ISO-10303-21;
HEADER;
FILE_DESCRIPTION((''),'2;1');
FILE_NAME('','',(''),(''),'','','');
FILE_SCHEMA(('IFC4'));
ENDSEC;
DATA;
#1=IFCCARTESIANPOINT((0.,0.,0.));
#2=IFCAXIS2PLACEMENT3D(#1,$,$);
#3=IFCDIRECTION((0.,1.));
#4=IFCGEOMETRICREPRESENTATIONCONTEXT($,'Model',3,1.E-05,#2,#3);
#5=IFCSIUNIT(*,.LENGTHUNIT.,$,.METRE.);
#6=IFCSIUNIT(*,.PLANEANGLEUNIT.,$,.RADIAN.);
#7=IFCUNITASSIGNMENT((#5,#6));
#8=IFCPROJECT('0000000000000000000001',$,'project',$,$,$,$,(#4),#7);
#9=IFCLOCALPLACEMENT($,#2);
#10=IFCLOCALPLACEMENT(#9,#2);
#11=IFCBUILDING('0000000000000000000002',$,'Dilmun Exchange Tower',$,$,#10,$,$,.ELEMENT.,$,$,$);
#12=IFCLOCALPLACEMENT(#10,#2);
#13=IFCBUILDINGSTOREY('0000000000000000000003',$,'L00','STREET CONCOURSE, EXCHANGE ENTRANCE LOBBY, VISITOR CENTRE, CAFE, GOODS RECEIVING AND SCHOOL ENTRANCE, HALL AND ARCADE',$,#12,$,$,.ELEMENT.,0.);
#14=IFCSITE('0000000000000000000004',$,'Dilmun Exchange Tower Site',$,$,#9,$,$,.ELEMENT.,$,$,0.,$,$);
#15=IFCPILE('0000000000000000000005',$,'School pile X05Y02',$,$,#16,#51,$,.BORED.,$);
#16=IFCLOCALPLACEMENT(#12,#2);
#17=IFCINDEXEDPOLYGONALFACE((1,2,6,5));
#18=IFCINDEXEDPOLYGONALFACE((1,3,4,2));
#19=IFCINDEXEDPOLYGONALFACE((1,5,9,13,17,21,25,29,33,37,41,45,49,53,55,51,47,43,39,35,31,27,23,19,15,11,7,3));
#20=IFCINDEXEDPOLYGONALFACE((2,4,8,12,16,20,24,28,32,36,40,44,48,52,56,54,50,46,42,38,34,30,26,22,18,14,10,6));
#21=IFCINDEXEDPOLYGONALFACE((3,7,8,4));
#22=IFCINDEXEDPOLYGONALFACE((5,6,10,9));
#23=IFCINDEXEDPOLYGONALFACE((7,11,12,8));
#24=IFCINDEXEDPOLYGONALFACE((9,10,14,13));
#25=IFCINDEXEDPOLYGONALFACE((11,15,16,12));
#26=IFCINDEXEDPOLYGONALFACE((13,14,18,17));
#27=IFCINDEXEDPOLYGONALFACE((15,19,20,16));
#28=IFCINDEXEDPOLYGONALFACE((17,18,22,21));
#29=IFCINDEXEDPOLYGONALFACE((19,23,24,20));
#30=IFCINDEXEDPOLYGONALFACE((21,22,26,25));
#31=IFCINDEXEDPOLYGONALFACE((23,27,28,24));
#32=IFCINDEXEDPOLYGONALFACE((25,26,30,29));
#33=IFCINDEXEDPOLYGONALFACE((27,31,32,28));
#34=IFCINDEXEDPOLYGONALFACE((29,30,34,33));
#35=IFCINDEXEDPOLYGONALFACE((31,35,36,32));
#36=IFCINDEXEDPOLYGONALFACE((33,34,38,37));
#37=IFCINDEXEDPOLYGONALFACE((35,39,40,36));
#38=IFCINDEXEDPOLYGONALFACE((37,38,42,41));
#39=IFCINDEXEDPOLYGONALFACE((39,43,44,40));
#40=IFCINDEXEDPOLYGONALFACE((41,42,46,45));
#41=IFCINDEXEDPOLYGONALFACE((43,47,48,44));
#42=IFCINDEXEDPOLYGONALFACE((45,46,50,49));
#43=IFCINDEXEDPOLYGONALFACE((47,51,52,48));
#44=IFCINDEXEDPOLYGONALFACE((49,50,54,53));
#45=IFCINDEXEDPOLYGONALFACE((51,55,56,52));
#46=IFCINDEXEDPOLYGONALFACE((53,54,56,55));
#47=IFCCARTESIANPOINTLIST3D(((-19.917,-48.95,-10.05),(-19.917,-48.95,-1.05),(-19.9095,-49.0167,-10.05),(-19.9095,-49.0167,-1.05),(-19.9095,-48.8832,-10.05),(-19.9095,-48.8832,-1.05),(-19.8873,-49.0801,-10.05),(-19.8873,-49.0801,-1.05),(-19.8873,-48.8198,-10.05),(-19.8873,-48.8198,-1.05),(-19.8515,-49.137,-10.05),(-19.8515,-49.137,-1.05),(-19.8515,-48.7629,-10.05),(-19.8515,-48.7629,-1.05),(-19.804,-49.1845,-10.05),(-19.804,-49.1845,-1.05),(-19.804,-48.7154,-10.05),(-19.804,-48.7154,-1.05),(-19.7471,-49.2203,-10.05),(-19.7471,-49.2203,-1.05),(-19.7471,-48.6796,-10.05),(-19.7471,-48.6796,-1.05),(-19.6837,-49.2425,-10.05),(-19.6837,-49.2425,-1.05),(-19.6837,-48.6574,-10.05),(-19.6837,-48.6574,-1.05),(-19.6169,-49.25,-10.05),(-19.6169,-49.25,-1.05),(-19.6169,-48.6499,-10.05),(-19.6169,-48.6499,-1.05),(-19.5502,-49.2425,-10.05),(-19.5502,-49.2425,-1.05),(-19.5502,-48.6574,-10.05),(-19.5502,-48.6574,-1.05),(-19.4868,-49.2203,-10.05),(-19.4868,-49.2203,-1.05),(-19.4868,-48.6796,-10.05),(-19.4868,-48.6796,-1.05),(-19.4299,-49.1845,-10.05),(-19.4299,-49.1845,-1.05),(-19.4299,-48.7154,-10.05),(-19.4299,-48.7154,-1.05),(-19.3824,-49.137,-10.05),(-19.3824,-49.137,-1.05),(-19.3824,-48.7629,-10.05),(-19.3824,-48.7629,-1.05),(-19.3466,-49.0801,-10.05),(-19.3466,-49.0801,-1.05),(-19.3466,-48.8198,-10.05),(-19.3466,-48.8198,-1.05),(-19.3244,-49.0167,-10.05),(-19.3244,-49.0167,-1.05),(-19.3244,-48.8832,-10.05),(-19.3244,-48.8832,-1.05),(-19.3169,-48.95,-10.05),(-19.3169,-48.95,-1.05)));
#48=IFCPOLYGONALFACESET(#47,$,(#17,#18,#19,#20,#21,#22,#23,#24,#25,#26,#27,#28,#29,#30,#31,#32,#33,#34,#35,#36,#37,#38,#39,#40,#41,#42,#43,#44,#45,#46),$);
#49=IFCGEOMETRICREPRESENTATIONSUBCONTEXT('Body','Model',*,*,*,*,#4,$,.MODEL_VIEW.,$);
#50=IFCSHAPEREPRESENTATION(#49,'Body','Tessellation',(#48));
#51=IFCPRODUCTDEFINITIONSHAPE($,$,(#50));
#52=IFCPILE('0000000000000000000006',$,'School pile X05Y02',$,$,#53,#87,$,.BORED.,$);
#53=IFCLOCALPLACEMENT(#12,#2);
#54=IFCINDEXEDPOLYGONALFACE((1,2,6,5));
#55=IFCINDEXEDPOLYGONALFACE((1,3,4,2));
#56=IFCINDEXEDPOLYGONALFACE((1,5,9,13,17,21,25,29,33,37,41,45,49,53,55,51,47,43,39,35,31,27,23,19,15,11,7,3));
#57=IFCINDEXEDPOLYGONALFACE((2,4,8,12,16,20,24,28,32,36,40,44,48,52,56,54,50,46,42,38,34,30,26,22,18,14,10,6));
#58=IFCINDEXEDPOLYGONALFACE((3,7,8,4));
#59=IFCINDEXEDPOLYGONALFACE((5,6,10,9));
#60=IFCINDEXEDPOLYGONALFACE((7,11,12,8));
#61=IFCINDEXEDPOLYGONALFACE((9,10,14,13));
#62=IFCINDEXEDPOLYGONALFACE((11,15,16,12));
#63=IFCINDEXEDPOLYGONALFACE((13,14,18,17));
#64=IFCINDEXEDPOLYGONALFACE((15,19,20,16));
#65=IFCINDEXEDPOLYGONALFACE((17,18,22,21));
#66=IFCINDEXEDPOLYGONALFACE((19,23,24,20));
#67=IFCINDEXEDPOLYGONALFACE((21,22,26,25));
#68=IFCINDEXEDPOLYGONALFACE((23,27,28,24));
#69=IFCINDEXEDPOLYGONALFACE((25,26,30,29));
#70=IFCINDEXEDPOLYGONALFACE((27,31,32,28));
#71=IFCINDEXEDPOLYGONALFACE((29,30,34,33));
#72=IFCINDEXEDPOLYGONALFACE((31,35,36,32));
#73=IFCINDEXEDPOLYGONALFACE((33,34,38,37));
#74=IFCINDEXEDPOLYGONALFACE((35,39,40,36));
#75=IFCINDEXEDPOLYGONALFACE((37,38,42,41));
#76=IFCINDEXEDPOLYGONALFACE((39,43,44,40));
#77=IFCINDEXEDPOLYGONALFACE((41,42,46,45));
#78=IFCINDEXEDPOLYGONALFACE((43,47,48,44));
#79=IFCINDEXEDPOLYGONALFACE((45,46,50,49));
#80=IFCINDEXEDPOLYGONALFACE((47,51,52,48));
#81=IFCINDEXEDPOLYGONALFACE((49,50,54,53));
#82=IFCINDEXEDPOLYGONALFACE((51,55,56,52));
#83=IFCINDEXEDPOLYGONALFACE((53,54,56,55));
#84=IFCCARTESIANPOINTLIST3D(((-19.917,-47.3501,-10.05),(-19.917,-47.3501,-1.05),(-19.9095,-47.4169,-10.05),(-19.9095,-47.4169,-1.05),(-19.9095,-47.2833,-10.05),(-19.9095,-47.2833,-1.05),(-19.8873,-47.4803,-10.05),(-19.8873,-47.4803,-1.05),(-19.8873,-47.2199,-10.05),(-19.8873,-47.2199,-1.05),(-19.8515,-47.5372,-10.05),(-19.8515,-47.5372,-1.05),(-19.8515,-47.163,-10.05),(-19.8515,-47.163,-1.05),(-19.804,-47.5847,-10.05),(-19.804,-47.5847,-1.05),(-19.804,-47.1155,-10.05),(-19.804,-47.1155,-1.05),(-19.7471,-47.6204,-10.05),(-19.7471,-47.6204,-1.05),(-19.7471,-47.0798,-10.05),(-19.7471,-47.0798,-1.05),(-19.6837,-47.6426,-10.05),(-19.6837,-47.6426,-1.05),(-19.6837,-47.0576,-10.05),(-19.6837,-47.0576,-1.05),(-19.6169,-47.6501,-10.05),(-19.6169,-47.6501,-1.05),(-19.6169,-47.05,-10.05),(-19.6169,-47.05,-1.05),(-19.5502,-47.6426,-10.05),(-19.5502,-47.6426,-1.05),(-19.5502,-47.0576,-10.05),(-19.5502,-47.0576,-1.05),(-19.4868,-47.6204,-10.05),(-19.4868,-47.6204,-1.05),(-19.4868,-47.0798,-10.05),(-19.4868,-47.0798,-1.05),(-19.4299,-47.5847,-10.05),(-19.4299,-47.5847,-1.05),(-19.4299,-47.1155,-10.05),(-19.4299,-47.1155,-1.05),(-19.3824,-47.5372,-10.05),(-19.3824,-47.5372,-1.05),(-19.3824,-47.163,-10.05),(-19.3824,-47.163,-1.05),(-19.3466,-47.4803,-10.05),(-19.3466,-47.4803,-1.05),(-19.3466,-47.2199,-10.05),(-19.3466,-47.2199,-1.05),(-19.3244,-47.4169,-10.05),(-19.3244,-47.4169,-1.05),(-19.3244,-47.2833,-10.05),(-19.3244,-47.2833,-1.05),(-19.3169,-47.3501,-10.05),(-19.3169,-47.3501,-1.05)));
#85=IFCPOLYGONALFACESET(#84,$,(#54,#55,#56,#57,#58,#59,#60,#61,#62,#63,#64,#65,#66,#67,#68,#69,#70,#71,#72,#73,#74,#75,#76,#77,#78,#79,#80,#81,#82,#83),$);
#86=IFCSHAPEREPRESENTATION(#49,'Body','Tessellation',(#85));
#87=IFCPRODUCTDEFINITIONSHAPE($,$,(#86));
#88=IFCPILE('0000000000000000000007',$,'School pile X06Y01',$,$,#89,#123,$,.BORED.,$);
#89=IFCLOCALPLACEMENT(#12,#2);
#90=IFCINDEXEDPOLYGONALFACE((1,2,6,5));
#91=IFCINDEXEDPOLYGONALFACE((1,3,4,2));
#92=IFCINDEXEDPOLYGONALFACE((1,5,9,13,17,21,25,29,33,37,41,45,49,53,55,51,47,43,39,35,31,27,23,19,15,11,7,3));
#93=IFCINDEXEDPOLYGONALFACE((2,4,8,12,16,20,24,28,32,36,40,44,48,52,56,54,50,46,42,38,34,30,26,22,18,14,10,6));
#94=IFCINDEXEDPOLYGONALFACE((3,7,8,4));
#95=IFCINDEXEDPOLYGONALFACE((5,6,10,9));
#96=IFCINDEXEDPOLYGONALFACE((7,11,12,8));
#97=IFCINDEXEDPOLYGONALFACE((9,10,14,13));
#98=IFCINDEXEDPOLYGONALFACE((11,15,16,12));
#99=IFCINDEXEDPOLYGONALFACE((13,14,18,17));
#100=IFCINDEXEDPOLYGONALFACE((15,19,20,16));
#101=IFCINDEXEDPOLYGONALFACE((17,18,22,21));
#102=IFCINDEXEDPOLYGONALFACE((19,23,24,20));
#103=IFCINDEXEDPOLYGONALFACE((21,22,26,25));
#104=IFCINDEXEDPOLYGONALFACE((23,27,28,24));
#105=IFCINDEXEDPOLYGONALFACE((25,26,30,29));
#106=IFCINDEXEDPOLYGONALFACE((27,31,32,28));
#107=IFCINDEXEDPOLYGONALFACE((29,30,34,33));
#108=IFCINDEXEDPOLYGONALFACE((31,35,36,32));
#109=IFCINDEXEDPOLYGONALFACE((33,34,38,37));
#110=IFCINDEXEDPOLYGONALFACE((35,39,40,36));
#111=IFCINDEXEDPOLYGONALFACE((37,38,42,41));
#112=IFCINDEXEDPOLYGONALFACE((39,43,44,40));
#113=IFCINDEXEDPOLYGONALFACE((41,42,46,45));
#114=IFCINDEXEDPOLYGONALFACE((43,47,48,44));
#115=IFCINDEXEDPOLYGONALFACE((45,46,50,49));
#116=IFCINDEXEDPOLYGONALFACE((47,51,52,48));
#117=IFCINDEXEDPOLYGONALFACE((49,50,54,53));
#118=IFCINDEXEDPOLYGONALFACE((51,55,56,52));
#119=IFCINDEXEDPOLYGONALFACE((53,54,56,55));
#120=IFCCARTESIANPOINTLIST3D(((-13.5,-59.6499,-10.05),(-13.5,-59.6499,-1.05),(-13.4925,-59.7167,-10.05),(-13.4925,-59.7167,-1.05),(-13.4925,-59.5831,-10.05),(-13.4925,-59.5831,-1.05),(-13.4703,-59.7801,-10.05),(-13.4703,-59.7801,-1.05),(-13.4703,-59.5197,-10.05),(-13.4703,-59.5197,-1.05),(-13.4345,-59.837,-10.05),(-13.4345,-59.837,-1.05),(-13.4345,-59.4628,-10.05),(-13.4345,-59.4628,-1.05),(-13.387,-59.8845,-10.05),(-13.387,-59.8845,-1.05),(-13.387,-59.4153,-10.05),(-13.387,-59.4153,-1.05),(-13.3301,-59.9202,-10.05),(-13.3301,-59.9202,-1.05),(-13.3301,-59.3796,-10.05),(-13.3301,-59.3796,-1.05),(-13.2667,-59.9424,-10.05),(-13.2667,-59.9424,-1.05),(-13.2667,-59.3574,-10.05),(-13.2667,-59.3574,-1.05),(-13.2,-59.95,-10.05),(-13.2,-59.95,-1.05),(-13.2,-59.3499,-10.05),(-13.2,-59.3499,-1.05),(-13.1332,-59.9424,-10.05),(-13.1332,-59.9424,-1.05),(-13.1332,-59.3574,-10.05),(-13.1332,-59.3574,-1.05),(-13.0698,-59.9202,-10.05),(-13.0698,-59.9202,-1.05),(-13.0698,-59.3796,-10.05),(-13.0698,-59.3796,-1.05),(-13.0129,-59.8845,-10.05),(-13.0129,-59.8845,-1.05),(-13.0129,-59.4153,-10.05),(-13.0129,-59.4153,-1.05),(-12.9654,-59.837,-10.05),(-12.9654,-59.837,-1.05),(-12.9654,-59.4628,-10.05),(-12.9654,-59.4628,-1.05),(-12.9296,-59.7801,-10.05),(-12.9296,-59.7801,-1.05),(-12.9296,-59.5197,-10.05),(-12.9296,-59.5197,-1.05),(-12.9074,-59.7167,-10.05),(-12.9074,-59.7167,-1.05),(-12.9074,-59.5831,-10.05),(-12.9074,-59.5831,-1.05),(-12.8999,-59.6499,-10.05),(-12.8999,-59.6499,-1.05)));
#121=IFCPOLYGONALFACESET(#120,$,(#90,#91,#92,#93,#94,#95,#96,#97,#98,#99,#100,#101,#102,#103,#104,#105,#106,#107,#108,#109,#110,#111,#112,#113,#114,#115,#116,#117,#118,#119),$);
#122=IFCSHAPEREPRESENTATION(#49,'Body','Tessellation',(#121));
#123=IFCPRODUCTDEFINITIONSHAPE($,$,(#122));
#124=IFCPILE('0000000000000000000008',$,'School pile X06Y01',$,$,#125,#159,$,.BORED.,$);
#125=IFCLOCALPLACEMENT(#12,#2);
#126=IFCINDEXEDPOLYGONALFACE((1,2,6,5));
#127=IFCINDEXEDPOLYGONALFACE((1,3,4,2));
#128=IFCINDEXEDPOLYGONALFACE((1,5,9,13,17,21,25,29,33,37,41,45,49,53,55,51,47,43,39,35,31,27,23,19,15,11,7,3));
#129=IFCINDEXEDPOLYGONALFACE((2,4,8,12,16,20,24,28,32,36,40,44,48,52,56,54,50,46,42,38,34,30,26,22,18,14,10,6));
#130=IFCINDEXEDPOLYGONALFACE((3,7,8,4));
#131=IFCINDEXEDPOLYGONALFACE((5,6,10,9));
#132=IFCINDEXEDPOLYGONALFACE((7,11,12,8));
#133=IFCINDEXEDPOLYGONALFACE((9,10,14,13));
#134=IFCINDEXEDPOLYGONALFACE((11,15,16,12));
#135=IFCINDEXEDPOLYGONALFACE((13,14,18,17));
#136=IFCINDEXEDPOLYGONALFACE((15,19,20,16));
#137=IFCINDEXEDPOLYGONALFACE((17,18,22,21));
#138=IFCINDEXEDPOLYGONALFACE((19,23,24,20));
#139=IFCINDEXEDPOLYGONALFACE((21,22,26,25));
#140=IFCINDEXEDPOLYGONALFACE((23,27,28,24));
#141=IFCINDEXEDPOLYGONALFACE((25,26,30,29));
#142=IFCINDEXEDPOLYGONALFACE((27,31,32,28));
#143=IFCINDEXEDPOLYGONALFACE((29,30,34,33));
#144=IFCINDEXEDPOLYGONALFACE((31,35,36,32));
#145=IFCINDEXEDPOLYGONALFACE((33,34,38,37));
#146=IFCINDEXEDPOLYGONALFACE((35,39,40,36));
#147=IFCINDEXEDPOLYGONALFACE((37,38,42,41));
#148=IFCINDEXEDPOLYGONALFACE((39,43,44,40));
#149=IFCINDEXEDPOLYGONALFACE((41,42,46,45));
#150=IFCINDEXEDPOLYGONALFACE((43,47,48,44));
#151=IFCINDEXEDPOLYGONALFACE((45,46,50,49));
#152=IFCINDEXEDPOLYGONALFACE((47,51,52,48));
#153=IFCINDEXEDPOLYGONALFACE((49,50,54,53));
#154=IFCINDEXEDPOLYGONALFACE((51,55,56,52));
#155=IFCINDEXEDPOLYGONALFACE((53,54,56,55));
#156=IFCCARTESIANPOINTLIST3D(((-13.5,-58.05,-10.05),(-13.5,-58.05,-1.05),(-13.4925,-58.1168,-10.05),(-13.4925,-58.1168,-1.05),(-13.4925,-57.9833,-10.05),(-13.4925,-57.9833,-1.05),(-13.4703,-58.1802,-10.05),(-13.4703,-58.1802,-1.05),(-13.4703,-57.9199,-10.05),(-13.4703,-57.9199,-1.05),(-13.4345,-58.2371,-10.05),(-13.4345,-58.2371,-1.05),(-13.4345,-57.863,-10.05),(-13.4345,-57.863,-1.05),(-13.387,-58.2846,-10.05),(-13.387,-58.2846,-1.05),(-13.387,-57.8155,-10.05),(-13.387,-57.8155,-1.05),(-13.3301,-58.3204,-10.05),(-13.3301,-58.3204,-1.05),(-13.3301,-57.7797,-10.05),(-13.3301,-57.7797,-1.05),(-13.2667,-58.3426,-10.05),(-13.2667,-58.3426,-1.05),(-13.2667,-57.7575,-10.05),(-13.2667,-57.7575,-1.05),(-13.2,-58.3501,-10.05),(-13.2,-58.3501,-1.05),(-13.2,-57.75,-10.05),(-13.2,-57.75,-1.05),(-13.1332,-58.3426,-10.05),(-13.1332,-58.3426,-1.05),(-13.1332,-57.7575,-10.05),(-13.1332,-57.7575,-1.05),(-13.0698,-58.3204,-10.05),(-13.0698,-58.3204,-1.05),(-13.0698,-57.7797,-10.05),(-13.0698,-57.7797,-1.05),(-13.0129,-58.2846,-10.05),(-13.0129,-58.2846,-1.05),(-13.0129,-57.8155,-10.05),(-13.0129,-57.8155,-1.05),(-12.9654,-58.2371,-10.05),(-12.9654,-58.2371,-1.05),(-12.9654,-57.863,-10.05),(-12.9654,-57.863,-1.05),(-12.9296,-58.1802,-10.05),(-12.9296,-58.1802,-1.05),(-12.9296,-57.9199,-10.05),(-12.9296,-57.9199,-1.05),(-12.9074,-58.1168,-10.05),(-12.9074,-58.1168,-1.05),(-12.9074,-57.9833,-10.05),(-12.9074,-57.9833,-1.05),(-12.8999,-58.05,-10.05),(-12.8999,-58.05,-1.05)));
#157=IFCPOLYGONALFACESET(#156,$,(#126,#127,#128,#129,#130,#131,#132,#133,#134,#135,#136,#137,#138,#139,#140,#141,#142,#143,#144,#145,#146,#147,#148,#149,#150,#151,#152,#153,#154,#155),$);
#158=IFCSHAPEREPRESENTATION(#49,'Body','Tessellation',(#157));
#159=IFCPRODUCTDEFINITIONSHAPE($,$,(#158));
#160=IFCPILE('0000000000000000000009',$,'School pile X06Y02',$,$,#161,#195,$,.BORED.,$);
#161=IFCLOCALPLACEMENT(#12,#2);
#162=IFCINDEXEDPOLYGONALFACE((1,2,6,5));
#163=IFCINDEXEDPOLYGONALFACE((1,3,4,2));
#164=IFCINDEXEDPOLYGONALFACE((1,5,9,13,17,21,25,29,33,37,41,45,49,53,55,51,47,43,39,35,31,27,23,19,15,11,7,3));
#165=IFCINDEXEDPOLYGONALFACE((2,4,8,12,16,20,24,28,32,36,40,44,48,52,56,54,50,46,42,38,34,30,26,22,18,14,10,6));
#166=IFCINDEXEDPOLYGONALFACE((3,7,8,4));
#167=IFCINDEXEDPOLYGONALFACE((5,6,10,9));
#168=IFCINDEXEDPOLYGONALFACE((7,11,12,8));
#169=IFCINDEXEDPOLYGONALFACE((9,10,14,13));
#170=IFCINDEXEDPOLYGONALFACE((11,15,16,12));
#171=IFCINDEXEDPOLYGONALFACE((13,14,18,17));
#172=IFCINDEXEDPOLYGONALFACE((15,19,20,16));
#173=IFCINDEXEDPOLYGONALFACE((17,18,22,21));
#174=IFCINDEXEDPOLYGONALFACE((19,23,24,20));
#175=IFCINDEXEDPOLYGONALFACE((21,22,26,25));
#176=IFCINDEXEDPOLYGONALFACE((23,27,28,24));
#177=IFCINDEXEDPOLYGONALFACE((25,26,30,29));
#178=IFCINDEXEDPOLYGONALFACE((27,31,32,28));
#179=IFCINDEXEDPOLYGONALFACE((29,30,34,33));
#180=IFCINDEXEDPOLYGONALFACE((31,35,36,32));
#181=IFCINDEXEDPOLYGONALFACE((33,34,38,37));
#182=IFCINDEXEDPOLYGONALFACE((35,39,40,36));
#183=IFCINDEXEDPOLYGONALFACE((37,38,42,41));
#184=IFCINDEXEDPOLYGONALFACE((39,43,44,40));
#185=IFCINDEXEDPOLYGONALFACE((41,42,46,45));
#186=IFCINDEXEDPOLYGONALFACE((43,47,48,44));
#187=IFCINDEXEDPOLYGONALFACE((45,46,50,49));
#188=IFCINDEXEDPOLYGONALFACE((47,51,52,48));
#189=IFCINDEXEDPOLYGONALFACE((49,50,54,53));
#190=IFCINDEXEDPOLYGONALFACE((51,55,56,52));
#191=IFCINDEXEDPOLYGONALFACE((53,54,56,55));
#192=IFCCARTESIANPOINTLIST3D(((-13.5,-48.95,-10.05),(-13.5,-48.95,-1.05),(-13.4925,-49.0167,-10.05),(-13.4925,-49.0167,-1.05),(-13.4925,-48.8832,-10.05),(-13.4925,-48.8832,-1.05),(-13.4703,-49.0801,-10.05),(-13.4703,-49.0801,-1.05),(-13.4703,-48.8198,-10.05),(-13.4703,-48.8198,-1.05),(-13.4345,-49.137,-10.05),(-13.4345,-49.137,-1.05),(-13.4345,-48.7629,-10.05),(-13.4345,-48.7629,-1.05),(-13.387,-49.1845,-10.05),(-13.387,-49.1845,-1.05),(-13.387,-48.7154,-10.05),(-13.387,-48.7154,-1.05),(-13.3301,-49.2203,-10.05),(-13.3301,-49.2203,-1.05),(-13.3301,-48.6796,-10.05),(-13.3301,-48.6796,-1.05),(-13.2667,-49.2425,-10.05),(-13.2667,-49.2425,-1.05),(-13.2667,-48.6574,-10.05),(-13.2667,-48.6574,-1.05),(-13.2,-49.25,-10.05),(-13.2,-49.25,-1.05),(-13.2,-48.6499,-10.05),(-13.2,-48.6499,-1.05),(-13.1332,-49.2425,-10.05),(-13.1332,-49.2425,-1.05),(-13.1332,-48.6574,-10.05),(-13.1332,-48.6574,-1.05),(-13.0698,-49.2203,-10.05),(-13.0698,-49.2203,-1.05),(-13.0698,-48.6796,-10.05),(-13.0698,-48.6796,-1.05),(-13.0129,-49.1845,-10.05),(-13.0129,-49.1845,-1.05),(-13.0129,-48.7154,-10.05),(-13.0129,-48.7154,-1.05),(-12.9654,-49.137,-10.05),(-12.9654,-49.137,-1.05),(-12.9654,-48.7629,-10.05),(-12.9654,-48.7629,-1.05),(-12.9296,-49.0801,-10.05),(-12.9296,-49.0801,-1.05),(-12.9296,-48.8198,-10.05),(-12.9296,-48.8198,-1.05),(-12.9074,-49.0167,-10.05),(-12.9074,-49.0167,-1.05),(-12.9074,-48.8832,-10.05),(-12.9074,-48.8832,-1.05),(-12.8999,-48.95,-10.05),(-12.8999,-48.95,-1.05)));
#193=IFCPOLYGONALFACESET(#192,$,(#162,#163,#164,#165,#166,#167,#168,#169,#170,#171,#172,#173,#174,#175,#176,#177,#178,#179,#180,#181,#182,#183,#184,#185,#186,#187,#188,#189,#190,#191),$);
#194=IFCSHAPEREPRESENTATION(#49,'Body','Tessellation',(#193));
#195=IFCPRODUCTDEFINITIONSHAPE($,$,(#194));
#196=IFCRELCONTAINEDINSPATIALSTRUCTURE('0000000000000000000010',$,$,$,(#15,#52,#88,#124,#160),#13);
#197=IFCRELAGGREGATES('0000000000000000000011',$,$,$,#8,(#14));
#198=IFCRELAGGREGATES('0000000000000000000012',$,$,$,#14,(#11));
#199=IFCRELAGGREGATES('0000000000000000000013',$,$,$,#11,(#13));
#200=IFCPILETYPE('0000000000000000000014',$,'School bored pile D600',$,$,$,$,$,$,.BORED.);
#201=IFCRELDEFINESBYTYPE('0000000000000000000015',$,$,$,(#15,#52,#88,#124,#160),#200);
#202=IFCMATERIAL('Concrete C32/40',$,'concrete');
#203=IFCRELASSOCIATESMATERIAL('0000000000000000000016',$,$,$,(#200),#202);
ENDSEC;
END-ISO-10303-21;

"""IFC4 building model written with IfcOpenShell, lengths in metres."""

from ifc_helpers import new_model, si_unit, direction, frame, origin, origin_2d, place, context, subcontext, project, spatial, circle, extrude, material, material_profile, profile_set, type_object, element, save


model = new_model("IFC4")

# Units and contexts
model_context = context("Model", 3, precision=1e-05, world=origin(), true_north=direction((0.0, 1.0)))
body_context = subcontext(model_context, "Body", "Model", "MODEL_VIEW")
ifc_project = project(units=[si_unit("LENGTHUNIT", "METRE"), si_unit("PLANEANGLEUNIT", "RADIAN")], contexts=[model_context])

# Site, building, storey
site_placement = place(None, origin())
site = spatial("IfcSite", under=ifc_project, at=site_placement, Name="Dilmun Exchange Tower Site", CompositionType="ELEMENT", RefElevation=0.0)
building_placement = place(site_placement, origin())
building = spatial("IfcBuilding", under=site, at=building_placement, Name="Dilmun Exchange Tower", CompositionType="ELEMENT")
storey_placement = place(building_placement, origin())
storey = spatial("IfcBuildingStorey", under=building, at=storey_placement, Name="L00", Description="STREET CONCOURSE, EXCHANGE ENTRANCE LOBBY, VISITOR CENTRE, CAFE, GOODS RECEIVING AND SCHOOL ENTRANCE, HALL AND ARCADE", CompositionType="ELEMENT", Elevation=0.0)

# Piles
ifc_material_1 = material(Name="Concrete C32/40", Category="concrete")
ifc_material_profile_1 = material_profile(ifc_material_1, circle(Radius=0.3, at=origin_2d()), Name="D600")
ifc_profile_set_1 = profile_set([ifc_material_profile_1], Name="Concrete C32/40")
pile_type = type_object("IfcPileType", Name="School bored pile D600", PredefinedType="BORED", material=ifc_profile_set_1)
for number, where, z_axis, x_axis, name in (
    (1, (-19.6169, -48.95, -1.05), (0.0, 0.0, -1.0), (1.0, 0.0, 0.0), "School pile X05Y02"),
    (2, (-19.6169, -47.3501, -1.05), (0.0, 0.0, -1.0), (1.0, 0.0, 0.0), "School pile X05Y02"),
    (3, (-13.2, -59.6499, -1.05), (0.0, 0.0, -1.0), (1.0, 0.0, 0.0), "School pile X06Y01"),
    (4, (-13.2, -58.05, -1.05), (0.0, 0.0, -1.0), (1.0, 0.0, 0.0), "School pile X06Y01"),
    (5, (-13.2, -48.95, -1.05), (0.0, 0.0, -1.0), (1.0, 0.0, 0.0), "School pile X06Y02"),
):
    element("IfcPile", number, at=place(storey_placement, frame(where, z_axis=z_axis, x_axis=x_axis)), inside=storey, type_object=pile_type, Name=name, PredefinedType="BORED", context=body_context, shape_type="SweptSolid", body=[
        extrude(circle(Radius=0.3, at=origin_2d()), origin(), (0.0, 0.0, 1.0), 9.0),
    ])

save(model, "model.ifc")
